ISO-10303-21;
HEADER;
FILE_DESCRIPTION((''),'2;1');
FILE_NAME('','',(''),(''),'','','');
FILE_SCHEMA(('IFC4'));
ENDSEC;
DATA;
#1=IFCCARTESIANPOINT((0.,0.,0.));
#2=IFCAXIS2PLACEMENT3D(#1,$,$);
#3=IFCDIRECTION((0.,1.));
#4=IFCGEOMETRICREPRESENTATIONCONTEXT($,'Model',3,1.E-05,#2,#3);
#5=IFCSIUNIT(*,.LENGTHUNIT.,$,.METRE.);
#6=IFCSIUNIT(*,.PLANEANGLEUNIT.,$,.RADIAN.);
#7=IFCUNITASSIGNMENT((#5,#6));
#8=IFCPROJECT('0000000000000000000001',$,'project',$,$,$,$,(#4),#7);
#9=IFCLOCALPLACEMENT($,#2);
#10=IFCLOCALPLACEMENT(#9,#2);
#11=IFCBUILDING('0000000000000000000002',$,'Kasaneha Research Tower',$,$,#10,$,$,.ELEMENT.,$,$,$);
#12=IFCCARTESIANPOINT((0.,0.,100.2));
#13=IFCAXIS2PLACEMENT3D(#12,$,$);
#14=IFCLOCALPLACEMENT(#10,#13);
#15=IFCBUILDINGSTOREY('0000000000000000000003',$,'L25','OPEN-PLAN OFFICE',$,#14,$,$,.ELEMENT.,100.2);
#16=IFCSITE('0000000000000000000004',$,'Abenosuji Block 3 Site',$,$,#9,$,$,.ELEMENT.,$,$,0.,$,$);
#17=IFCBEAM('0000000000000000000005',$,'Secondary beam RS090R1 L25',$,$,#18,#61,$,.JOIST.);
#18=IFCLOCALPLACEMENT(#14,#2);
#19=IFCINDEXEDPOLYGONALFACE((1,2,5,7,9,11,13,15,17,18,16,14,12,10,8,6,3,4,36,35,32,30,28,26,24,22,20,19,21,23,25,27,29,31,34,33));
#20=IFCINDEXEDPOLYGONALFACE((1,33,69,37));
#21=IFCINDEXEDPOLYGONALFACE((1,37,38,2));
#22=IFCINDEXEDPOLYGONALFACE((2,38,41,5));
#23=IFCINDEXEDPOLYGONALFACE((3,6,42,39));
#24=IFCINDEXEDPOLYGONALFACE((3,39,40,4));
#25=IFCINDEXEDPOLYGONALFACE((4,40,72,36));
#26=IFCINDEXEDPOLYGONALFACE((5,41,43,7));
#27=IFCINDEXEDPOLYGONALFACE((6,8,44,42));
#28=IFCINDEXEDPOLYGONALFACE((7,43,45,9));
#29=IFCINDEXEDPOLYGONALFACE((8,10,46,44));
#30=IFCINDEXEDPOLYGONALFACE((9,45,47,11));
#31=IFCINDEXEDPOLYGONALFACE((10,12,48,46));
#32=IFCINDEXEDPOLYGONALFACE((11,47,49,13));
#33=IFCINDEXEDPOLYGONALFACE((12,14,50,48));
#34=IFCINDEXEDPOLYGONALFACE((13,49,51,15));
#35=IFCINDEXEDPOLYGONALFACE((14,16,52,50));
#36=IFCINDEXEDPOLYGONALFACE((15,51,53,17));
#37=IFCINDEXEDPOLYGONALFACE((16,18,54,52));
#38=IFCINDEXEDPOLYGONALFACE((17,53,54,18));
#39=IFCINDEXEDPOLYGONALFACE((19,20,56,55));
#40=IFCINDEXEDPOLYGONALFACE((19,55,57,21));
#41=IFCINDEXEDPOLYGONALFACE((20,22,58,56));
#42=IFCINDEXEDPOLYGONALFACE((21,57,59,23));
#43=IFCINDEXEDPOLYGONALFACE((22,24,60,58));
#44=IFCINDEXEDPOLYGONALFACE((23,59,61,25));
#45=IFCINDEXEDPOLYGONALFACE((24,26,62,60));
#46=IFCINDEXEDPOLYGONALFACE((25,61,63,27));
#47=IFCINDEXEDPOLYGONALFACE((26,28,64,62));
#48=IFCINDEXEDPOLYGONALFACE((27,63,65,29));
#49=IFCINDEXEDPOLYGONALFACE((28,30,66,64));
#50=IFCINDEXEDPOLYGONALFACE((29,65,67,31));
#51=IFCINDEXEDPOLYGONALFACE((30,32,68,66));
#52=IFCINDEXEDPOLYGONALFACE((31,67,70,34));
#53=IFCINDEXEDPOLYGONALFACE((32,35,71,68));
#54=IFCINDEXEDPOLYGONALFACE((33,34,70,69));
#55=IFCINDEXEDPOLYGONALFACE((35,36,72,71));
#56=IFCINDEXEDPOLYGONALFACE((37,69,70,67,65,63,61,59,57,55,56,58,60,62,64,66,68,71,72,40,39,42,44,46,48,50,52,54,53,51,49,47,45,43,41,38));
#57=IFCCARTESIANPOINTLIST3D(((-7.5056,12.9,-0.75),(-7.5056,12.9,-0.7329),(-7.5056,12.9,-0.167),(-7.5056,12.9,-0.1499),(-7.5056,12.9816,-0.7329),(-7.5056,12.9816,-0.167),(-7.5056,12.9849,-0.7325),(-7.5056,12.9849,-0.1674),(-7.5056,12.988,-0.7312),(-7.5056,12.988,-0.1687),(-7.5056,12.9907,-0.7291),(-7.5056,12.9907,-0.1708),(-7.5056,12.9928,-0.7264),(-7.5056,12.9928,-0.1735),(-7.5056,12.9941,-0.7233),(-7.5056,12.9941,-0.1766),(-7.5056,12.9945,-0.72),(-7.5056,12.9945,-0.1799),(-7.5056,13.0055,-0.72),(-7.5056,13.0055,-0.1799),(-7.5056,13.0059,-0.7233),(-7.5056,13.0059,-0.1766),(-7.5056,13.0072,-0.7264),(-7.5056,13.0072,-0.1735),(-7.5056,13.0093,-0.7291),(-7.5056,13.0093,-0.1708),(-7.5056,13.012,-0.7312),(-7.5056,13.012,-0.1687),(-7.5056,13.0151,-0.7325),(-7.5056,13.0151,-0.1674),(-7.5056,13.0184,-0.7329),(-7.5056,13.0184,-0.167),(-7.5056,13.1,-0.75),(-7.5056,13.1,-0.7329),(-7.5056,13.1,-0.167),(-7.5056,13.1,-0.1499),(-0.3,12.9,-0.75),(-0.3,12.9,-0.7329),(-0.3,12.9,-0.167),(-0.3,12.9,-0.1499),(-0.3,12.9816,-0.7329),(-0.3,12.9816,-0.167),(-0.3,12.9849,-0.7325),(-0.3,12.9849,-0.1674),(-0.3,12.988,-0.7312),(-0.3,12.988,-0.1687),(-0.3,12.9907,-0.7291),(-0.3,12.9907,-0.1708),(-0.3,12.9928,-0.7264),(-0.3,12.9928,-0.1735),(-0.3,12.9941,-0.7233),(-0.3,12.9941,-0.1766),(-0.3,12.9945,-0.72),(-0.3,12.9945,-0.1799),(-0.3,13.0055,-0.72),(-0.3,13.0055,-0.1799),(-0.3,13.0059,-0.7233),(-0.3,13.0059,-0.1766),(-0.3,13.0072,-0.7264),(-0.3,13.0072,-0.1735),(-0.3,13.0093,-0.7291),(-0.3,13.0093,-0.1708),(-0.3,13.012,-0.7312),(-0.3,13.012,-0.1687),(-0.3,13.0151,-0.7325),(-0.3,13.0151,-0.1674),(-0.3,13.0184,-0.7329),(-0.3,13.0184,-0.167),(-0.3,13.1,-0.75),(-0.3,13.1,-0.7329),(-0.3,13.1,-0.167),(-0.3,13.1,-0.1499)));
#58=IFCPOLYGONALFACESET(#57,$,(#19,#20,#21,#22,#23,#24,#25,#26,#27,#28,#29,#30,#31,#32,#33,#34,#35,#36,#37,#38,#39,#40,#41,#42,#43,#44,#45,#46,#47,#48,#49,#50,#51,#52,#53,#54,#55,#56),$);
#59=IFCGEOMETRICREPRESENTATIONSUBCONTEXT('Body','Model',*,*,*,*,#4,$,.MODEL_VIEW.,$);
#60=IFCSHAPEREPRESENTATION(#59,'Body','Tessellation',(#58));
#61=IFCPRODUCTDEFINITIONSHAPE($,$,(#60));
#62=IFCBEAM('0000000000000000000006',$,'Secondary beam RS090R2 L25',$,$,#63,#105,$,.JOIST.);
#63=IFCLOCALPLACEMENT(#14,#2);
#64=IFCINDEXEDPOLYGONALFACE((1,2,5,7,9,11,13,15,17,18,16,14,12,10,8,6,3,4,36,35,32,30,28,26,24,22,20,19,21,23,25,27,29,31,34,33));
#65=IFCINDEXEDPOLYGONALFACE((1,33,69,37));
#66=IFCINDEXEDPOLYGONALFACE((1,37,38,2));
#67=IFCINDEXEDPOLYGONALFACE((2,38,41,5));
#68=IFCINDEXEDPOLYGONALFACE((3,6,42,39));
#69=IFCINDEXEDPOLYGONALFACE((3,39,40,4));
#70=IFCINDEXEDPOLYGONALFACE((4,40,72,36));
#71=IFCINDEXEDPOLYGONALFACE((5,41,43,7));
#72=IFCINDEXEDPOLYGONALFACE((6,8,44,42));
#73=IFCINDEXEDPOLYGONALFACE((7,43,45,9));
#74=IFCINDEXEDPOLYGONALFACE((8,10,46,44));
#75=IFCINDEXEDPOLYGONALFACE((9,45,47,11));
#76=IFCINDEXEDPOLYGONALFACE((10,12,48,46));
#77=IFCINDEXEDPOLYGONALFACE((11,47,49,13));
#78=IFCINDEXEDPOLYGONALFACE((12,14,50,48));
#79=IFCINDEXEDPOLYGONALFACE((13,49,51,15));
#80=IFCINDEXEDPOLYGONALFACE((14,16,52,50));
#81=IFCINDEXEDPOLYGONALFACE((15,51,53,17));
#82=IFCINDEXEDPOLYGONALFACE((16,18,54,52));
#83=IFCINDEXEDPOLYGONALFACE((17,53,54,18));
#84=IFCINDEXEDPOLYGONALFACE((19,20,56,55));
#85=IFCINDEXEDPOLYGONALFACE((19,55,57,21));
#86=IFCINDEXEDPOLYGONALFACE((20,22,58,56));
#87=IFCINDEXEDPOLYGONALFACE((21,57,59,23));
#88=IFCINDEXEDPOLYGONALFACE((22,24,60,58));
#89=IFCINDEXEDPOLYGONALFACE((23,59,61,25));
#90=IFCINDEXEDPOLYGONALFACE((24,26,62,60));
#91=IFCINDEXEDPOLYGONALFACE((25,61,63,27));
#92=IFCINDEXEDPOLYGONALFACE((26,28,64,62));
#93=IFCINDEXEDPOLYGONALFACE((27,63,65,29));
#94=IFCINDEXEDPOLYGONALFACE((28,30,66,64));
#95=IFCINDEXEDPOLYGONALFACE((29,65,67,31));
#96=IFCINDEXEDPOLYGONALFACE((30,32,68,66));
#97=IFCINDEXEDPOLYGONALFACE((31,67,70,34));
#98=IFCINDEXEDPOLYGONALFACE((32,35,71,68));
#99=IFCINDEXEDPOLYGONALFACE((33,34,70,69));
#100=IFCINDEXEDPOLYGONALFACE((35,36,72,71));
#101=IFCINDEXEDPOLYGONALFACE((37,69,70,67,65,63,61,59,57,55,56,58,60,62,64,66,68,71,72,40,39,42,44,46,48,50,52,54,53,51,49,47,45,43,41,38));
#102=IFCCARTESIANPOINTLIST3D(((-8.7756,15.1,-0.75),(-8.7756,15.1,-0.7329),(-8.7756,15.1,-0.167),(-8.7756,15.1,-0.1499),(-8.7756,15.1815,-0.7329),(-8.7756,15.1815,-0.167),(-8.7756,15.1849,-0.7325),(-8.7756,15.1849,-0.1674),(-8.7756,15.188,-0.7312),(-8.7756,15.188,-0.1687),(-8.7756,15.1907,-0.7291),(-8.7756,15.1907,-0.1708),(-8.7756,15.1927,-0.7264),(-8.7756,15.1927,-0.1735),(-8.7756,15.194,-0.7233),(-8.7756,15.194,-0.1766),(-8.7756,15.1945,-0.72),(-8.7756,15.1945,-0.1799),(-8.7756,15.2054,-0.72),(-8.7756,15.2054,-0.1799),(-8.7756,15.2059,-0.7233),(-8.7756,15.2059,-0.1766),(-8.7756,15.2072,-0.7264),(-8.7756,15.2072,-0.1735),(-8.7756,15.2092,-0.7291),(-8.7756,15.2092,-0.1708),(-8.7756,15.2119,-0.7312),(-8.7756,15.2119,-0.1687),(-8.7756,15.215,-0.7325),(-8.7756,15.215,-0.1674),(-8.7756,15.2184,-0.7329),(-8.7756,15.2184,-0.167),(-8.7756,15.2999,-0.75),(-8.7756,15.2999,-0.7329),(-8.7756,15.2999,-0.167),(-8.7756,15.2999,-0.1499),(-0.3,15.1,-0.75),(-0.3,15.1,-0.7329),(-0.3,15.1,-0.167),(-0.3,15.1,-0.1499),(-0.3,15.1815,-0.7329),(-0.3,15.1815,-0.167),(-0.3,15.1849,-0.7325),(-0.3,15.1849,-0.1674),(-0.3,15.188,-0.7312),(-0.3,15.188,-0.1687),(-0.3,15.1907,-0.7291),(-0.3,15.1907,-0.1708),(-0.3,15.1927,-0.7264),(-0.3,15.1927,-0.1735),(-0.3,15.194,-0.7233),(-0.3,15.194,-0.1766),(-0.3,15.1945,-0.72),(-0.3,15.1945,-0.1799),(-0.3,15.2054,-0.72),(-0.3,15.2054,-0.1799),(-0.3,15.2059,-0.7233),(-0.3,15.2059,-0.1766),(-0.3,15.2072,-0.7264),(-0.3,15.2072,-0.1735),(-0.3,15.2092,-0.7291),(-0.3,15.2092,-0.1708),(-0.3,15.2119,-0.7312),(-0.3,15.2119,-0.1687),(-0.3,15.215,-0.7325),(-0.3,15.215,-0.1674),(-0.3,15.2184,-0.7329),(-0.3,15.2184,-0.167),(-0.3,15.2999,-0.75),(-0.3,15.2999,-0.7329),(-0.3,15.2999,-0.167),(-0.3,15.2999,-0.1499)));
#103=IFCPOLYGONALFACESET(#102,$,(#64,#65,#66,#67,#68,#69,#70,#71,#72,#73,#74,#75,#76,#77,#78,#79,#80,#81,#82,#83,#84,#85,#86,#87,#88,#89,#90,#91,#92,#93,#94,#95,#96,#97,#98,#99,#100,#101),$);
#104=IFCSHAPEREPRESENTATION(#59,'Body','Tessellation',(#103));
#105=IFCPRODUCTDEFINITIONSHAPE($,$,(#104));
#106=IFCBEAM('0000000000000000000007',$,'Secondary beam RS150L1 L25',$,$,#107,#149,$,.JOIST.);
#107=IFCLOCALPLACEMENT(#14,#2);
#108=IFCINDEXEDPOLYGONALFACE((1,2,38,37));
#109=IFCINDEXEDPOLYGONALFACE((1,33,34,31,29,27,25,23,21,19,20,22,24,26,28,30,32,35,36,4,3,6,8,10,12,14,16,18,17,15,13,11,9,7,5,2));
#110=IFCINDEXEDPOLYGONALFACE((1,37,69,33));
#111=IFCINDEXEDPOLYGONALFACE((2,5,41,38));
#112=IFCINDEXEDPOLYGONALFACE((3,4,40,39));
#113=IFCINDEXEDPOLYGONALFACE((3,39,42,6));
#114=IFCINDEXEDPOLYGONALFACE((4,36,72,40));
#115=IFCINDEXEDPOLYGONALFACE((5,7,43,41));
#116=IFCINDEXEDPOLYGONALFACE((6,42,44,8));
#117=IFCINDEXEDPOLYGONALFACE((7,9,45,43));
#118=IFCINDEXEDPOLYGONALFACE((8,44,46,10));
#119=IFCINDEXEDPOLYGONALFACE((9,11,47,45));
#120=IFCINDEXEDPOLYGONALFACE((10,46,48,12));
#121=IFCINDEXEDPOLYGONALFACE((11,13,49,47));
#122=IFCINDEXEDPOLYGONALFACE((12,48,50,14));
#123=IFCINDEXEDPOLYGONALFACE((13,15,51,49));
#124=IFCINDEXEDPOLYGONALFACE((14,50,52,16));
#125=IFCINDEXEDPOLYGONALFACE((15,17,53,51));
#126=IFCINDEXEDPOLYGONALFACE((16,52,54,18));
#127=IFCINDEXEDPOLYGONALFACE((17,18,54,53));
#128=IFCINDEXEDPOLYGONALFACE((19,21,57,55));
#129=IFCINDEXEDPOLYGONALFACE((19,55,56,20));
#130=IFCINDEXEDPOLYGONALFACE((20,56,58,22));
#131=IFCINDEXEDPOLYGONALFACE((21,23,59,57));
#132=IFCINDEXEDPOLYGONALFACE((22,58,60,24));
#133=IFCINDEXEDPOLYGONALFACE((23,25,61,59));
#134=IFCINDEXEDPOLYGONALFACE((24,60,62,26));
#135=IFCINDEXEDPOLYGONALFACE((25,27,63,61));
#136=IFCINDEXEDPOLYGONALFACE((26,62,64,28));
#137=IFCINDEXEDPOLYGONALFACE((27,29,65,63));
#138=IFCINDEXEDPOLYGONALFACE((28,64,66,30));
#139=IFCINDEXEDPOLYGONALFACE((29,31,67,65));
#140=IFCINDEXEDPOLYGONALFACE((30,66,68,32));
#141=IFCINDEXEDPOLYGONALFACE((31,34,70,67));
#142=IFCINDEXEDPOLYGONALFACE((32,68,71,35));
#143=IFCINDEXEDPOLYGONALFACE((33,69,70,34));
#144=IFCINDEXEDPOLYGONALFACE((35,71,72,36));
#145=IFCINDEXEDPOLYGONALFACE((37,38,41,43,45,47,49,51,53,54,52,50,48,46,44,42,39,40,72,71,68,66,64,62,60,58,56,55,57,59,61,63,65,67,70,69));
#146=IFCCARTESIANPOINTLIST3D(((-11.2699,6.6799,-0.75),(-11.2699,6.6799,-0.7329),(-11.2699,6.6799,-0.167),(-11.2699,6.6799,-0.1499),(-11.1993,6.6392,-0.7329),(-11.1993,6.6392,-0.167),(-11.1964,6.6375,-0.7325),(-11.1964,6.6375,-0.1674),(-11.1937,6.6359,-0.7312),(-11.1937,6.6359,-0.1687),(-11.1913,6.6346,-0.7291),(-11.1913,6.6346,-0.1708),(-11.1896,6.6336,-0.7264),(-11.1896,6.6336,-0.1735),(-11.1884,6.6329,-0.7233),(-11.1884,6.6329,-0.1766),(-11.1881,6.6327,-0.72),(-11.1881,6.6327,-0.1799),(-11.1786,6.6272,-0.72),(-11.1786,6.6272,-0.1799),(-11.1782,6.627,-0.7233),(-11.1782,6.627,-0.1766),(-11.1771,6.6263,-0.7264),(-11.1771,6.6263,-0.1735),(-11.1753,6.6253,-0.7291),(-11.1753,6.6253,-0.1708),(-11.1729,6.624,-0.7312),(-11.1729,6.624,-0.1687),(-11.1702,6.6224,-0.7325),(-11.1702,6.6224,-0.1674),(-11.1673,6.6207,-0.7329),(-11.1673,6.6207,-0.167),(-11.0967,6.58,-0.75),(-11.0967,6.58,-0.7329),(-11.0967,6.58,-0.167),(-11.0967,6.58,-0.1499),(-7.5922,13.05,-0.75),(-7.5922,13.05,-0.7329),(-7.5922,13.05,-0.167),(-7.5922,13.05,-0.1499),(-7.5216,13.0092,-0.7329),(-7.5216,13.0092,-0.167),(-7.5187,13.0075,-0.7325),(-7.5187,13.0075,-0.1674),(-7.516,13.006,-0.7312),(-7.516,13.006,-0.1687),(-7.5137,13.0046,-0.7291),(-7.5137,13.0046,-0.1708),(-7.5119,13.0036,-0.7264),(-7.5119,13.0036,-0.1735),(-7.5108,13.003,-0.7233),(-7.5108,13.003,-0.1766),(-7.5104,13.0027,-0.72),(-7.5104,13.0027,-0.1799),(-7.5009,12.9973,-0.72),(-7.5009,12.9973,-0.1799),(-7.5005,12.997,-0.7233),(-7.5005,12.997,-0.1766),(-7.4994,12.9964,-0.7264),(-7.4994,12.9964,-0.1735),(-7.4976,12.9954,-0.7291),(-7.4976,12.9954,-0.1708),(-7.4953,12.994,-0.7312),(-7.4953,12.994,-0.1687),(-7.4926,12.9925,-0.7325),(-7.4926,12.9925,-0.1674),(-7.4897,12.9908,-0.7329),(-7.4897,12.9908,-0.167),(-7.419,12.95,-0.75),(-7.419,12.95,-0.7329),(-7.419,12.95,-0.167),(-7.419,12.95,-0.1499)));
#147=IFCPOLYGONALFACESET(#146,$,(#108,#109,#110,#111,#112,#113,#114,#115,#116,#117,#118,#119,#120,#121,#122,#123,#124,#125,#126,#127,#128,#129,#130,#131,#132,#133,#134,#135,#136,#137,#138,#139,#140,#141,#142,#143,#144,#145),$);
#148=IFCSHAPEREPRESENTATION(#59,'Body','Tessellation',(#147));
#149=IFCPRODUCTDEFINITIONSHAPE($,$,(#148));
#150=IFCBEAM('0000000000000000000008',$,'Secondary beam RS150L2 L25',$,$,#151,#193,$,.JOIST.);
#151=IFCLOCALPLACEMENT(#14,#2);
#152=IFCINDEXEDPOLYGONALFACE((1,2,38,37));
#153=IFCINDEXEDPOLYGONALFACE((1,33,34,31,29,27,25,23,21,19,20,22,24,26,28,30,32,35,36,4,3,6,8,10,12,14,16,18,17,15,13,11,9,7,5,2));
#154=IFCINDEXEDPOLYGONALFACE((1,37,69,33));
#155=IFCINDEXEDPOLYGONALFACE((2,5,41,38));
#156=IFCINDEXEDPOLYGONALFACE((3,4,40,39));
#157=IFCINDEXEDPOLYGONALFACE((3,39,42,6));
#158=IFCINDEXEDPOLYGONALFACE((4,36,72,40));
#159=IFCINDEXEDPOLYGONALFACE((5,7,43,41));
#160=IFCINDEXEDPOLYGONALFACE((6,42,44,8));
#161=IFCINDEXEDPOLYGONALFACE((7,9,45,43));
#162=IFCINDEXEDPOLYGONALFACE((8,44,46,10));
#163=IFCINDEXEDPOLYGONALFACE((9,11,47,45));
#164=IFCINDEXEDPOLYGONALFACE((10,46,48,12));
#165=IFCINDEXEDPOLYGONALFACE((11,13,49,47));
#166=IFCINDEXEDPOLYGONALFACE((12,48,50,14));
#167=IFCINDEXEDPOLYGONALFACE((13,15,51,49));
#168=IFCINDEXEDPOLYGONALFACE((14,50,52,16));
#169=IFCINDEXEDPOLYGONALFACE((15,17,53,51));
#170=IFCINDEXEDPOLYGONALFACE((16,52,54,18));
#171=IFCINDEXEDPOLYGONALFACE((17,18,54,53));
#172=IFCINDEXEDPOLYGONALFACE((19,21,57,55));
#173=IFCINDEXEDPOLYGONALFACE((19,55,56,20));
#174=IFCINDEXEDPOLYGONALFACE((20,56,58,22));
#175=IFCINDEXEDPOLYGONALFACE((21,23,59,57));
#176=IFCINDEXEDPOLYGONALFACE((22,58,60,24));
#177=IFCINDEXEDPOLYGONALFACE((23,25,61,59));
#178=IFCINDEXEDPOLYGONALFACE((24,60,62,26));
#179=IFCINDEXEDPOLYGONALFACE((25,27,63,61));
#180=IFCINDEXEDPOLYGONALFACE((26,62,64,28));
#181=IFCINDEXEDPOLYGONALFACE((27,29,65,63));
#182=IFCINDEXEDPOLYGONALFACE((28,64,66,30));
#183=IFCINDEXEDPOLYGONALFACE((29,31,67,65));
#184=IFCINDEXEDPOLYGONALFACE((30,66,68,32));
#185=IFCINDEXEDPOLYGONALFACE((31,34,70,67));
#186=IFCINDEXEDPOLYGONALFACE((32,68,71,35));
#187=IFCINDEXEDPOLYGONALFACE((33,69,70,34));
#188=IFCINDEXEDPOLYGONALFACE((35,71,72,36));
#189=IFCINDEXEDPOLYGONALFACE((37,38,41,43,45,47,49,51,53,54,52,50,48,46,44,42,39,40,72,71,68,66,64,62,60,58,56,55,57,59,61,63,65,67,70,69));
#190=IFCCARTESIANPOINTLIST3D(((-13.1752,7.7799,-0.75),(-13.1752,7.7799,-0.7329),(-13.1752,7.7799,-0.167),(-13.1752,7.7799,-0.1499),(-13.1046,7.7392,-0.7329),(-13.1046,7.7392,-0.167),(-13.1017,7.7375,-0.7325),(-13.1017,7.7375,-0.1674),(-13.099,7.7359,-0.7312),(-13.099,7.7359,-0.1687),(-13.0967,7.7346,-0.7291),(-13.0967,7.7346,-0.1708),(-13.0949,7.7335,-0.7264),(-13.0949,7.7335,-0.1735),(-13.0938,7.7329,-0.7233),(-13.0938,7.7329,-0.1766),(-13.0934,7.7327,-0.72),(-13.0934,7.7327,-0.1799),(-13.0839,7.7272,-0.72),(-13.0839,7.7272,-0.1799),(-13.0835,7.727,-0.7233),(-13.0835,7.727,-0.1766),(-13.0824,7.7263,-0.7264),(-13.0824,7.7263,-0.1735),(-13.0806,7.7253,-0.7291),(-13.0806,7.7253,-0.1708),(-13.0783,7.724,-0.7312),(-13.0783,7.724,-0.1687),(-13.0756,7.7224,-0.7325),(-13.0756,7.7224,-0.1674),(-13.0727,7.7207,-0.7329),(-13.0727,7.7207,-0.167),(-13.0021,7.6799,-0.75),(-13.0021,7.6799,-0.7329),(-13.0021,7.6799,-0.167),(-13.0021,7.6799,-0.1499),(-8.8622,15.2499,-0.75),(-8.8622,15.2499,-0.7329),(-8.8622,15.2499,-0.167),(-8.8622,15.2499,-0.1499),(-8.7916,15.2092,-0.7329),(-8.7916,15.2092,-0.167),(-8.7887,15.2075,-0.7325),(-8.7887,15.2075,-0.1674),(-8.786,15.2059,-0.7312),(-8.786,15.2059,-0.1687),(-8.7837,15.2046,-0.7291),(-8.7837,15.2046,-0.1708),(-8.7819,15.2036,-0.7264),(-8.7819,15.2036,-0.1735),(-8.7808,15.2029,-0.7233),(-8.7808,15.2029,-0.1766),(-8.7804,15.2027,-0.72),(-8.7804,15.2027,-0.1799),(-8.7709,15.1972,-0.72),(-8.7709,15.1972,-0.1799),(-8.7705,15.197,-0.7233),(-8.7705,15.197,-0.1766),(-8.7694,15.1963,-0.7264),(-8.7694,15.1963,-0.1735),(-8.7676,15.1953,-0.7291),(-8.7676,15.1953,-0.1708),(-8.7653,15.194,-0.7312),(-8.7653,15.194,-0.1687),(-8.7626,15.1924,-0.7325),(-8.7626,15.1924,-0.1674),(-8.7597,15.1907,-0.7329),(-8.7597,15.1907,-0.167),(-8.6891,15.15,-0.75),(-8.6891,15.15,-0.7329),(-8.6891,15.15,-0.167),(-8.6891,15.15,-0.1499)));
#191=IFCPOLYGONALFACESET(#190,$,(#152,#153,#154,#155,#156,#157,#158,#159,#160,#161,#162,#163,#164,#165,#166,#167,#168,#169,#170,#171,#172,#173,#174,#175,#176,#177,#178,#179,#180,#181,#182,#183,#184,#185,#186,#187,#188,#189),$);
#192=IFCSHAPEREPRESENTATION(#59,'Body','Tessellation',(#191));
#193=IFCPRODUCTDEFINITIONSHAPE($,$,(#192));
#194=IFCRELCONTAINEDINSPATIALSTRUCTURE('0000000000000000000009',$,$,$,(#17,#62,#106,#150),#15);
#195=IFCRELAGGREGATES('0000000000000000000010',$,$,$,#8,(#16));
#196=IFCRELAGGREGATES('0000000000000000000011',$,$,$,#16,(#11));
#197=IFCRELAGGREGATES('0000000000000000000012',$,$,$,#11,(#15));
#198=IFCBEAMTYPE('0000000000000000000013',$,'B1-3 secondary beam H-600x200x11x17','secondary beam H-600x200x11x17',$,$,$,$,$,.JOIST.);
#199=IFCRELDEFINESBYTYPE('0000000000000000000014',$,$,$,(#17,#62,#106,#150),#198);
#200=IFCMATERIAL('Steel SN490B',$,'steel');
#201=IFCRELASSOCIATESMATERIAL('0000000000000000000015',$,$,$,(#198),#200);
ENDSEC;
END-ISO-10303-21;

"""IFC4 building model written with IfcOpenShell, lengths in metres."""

from ifc_helpers import new_model, si_unit, direction, frame, origin, origin_2d, place, context, subcontext, project, spatial, i_section, extrude, material, material_profile, profile_set, type_object, element, save


model = new_model("IFC4")

# Units and contexts
model_context = context("Model", 3, precision=1e-05, world=origin(), true_north=direction((0.0, 1.0)))
body_context = subcontext(model_context, "Body", "Model", "MODEL_VIEW")
ifc_project = project(units=[si_unit("LENGTHUNIT", "METRE"), si_unit("PLANEANGLEUNIT", "RADIAN")], contexts=[model_context])

# Site, building, storey
site_placement = place(None, origin())
site = spatial("IfcSite", under=ifc_project, at=site_placement, Name="Abenosuji Block 3 Site", CompositionType="ELEMENT", RefElevation=0.0)
building_placement = place(site_placement, origin())
building = spatial("IfcBuilding", under=site, at=building_placement, Name="Kasaneha Research Tower", CompositionType="ELEMENT")
storey_placement = place(building_placement, frame((0.0, 0.0, 100.2)))
storey = spatial("IfcBuildingStorey", under=building, at=storey_placement, Name="L25", Description="OPEN-PLAN OFFICE", CompositionType="ELEMENT", Elevation=100.2)

# Beams
ifc_material_1 = material(Name="Steel SN490B", Category="steel")
ifc_material_profile_1 = material_profile(ifc_material_1, i_section(OverallWidth=0.2, OverallDepth=0.6001, WebThickness=0.011, FlangeThickness=0.0171, FilletRadius=0.0129, at=origin_2d()), Name="H-600x200x11x17")
ifc_profile_set_1 = profile_set([ifc_material_profile_1], Name="Steel SN490B")
beam_type_1 = type_object("IfcBeamType", Name="B1-3 secondary beam H-600x200x11x17", Description="secondary beam H-600x200x11x17", PredefinedType="JOIST", material=ifc_profile_set_1)
beam_1_placement = place(storey_placement, frame((-7.5056, 13.0, -0.45), z_axis=(1.0, 0.0, 0.0), x_axis=(0.0, 1.0, 0.0)))
element("IfcBeam", 1, at=beam_1_placement, inside=storey, type_object=beam_type_1, Name="Secondary beam RS090R1 L25", PredefinedType="JOIST", context=body_context, shape_type="SweptSolid", body=[
    extrude(i_section(OverallWidth=0.2, OverallDepth=0.6001, WebThickness=0.011, FlangeThickness=0.0171, FilletRadius=0.0129, at=origin_2d()), origin(), (0.0, 0.0, 1.0), 7.2056),
])
beam_2_placement = place(storey_placement, frame((-8.7756, 15.2, -0.45), z_axis=(1.0, 0.0, 0.0), x_axis=(0.0, 1.0, 0.0)))
element("IfcBeam", 2, at=beam_2_placement, inside=storey, type_object=beam_type_1, Name="Secondary beam RS090R2 L25", PredefinedType="JOIST", context=body_context, shape_type="SweptSolid", body=[
    extrude(i_section(OverallWidth=0.2, OverallDepth=0.6001, WebThickness=0.011, FlangeThickness=0.0171, FilletRadius=0.0129, at=origin_2d()), origin(), (0.0, 0.0, 1.0), 8.4756),
])
beam_3_placement = place(storey_placement, frame((-7.5056, 13.0, -0.45), z_axis=(-0.499994, -0.866029, 0.0), x_axis=(0.866029, -0.499994, 0.0)))
element("IfcBeam", 3, at=beam_3_placement, inside=storey, type_object=beam_type_1, Name="Secondary beam RS150L1 L25", PredefinedType="JOIST", context=body_context, shape_type="SweptSolid", body=[
    extrude(i_section(OverallWidth=0.2, OverallDepth=0.6001, WebThickness=0.011, FlangeThickness=0.0171, FilletRadius=0.0129, at=origin_2d()), origin(), (0.0, 0.0, 1.0), 7.3555),
])
beam_4_placement = place(storey_placement, frame((-8.7756, 15.2, -0.45), z_axis=(-0.500017, -0.866015, 0.0), x_axis=(0.866015, -0.500017, 0.0)))
element("IfcBeam", 4, at=beam_4_placement, inside=storey, type_object=beam_type_1, Name="Secondary beam RS150L2 L25", PredefinedType="JOIST", context=body_context, shape_type="SweptSolid", body=[
    extrude(i_section(OverallWidth=0.2, OverallDepth=0.6001, WebThickness=0.011, FlangeThickness=0.0171, FilletRadius=0.0129, at=origin_2d()), origin(), (0.0, 0.0, 1.0), 8.6257),
])

save(model, "model.ifc")
